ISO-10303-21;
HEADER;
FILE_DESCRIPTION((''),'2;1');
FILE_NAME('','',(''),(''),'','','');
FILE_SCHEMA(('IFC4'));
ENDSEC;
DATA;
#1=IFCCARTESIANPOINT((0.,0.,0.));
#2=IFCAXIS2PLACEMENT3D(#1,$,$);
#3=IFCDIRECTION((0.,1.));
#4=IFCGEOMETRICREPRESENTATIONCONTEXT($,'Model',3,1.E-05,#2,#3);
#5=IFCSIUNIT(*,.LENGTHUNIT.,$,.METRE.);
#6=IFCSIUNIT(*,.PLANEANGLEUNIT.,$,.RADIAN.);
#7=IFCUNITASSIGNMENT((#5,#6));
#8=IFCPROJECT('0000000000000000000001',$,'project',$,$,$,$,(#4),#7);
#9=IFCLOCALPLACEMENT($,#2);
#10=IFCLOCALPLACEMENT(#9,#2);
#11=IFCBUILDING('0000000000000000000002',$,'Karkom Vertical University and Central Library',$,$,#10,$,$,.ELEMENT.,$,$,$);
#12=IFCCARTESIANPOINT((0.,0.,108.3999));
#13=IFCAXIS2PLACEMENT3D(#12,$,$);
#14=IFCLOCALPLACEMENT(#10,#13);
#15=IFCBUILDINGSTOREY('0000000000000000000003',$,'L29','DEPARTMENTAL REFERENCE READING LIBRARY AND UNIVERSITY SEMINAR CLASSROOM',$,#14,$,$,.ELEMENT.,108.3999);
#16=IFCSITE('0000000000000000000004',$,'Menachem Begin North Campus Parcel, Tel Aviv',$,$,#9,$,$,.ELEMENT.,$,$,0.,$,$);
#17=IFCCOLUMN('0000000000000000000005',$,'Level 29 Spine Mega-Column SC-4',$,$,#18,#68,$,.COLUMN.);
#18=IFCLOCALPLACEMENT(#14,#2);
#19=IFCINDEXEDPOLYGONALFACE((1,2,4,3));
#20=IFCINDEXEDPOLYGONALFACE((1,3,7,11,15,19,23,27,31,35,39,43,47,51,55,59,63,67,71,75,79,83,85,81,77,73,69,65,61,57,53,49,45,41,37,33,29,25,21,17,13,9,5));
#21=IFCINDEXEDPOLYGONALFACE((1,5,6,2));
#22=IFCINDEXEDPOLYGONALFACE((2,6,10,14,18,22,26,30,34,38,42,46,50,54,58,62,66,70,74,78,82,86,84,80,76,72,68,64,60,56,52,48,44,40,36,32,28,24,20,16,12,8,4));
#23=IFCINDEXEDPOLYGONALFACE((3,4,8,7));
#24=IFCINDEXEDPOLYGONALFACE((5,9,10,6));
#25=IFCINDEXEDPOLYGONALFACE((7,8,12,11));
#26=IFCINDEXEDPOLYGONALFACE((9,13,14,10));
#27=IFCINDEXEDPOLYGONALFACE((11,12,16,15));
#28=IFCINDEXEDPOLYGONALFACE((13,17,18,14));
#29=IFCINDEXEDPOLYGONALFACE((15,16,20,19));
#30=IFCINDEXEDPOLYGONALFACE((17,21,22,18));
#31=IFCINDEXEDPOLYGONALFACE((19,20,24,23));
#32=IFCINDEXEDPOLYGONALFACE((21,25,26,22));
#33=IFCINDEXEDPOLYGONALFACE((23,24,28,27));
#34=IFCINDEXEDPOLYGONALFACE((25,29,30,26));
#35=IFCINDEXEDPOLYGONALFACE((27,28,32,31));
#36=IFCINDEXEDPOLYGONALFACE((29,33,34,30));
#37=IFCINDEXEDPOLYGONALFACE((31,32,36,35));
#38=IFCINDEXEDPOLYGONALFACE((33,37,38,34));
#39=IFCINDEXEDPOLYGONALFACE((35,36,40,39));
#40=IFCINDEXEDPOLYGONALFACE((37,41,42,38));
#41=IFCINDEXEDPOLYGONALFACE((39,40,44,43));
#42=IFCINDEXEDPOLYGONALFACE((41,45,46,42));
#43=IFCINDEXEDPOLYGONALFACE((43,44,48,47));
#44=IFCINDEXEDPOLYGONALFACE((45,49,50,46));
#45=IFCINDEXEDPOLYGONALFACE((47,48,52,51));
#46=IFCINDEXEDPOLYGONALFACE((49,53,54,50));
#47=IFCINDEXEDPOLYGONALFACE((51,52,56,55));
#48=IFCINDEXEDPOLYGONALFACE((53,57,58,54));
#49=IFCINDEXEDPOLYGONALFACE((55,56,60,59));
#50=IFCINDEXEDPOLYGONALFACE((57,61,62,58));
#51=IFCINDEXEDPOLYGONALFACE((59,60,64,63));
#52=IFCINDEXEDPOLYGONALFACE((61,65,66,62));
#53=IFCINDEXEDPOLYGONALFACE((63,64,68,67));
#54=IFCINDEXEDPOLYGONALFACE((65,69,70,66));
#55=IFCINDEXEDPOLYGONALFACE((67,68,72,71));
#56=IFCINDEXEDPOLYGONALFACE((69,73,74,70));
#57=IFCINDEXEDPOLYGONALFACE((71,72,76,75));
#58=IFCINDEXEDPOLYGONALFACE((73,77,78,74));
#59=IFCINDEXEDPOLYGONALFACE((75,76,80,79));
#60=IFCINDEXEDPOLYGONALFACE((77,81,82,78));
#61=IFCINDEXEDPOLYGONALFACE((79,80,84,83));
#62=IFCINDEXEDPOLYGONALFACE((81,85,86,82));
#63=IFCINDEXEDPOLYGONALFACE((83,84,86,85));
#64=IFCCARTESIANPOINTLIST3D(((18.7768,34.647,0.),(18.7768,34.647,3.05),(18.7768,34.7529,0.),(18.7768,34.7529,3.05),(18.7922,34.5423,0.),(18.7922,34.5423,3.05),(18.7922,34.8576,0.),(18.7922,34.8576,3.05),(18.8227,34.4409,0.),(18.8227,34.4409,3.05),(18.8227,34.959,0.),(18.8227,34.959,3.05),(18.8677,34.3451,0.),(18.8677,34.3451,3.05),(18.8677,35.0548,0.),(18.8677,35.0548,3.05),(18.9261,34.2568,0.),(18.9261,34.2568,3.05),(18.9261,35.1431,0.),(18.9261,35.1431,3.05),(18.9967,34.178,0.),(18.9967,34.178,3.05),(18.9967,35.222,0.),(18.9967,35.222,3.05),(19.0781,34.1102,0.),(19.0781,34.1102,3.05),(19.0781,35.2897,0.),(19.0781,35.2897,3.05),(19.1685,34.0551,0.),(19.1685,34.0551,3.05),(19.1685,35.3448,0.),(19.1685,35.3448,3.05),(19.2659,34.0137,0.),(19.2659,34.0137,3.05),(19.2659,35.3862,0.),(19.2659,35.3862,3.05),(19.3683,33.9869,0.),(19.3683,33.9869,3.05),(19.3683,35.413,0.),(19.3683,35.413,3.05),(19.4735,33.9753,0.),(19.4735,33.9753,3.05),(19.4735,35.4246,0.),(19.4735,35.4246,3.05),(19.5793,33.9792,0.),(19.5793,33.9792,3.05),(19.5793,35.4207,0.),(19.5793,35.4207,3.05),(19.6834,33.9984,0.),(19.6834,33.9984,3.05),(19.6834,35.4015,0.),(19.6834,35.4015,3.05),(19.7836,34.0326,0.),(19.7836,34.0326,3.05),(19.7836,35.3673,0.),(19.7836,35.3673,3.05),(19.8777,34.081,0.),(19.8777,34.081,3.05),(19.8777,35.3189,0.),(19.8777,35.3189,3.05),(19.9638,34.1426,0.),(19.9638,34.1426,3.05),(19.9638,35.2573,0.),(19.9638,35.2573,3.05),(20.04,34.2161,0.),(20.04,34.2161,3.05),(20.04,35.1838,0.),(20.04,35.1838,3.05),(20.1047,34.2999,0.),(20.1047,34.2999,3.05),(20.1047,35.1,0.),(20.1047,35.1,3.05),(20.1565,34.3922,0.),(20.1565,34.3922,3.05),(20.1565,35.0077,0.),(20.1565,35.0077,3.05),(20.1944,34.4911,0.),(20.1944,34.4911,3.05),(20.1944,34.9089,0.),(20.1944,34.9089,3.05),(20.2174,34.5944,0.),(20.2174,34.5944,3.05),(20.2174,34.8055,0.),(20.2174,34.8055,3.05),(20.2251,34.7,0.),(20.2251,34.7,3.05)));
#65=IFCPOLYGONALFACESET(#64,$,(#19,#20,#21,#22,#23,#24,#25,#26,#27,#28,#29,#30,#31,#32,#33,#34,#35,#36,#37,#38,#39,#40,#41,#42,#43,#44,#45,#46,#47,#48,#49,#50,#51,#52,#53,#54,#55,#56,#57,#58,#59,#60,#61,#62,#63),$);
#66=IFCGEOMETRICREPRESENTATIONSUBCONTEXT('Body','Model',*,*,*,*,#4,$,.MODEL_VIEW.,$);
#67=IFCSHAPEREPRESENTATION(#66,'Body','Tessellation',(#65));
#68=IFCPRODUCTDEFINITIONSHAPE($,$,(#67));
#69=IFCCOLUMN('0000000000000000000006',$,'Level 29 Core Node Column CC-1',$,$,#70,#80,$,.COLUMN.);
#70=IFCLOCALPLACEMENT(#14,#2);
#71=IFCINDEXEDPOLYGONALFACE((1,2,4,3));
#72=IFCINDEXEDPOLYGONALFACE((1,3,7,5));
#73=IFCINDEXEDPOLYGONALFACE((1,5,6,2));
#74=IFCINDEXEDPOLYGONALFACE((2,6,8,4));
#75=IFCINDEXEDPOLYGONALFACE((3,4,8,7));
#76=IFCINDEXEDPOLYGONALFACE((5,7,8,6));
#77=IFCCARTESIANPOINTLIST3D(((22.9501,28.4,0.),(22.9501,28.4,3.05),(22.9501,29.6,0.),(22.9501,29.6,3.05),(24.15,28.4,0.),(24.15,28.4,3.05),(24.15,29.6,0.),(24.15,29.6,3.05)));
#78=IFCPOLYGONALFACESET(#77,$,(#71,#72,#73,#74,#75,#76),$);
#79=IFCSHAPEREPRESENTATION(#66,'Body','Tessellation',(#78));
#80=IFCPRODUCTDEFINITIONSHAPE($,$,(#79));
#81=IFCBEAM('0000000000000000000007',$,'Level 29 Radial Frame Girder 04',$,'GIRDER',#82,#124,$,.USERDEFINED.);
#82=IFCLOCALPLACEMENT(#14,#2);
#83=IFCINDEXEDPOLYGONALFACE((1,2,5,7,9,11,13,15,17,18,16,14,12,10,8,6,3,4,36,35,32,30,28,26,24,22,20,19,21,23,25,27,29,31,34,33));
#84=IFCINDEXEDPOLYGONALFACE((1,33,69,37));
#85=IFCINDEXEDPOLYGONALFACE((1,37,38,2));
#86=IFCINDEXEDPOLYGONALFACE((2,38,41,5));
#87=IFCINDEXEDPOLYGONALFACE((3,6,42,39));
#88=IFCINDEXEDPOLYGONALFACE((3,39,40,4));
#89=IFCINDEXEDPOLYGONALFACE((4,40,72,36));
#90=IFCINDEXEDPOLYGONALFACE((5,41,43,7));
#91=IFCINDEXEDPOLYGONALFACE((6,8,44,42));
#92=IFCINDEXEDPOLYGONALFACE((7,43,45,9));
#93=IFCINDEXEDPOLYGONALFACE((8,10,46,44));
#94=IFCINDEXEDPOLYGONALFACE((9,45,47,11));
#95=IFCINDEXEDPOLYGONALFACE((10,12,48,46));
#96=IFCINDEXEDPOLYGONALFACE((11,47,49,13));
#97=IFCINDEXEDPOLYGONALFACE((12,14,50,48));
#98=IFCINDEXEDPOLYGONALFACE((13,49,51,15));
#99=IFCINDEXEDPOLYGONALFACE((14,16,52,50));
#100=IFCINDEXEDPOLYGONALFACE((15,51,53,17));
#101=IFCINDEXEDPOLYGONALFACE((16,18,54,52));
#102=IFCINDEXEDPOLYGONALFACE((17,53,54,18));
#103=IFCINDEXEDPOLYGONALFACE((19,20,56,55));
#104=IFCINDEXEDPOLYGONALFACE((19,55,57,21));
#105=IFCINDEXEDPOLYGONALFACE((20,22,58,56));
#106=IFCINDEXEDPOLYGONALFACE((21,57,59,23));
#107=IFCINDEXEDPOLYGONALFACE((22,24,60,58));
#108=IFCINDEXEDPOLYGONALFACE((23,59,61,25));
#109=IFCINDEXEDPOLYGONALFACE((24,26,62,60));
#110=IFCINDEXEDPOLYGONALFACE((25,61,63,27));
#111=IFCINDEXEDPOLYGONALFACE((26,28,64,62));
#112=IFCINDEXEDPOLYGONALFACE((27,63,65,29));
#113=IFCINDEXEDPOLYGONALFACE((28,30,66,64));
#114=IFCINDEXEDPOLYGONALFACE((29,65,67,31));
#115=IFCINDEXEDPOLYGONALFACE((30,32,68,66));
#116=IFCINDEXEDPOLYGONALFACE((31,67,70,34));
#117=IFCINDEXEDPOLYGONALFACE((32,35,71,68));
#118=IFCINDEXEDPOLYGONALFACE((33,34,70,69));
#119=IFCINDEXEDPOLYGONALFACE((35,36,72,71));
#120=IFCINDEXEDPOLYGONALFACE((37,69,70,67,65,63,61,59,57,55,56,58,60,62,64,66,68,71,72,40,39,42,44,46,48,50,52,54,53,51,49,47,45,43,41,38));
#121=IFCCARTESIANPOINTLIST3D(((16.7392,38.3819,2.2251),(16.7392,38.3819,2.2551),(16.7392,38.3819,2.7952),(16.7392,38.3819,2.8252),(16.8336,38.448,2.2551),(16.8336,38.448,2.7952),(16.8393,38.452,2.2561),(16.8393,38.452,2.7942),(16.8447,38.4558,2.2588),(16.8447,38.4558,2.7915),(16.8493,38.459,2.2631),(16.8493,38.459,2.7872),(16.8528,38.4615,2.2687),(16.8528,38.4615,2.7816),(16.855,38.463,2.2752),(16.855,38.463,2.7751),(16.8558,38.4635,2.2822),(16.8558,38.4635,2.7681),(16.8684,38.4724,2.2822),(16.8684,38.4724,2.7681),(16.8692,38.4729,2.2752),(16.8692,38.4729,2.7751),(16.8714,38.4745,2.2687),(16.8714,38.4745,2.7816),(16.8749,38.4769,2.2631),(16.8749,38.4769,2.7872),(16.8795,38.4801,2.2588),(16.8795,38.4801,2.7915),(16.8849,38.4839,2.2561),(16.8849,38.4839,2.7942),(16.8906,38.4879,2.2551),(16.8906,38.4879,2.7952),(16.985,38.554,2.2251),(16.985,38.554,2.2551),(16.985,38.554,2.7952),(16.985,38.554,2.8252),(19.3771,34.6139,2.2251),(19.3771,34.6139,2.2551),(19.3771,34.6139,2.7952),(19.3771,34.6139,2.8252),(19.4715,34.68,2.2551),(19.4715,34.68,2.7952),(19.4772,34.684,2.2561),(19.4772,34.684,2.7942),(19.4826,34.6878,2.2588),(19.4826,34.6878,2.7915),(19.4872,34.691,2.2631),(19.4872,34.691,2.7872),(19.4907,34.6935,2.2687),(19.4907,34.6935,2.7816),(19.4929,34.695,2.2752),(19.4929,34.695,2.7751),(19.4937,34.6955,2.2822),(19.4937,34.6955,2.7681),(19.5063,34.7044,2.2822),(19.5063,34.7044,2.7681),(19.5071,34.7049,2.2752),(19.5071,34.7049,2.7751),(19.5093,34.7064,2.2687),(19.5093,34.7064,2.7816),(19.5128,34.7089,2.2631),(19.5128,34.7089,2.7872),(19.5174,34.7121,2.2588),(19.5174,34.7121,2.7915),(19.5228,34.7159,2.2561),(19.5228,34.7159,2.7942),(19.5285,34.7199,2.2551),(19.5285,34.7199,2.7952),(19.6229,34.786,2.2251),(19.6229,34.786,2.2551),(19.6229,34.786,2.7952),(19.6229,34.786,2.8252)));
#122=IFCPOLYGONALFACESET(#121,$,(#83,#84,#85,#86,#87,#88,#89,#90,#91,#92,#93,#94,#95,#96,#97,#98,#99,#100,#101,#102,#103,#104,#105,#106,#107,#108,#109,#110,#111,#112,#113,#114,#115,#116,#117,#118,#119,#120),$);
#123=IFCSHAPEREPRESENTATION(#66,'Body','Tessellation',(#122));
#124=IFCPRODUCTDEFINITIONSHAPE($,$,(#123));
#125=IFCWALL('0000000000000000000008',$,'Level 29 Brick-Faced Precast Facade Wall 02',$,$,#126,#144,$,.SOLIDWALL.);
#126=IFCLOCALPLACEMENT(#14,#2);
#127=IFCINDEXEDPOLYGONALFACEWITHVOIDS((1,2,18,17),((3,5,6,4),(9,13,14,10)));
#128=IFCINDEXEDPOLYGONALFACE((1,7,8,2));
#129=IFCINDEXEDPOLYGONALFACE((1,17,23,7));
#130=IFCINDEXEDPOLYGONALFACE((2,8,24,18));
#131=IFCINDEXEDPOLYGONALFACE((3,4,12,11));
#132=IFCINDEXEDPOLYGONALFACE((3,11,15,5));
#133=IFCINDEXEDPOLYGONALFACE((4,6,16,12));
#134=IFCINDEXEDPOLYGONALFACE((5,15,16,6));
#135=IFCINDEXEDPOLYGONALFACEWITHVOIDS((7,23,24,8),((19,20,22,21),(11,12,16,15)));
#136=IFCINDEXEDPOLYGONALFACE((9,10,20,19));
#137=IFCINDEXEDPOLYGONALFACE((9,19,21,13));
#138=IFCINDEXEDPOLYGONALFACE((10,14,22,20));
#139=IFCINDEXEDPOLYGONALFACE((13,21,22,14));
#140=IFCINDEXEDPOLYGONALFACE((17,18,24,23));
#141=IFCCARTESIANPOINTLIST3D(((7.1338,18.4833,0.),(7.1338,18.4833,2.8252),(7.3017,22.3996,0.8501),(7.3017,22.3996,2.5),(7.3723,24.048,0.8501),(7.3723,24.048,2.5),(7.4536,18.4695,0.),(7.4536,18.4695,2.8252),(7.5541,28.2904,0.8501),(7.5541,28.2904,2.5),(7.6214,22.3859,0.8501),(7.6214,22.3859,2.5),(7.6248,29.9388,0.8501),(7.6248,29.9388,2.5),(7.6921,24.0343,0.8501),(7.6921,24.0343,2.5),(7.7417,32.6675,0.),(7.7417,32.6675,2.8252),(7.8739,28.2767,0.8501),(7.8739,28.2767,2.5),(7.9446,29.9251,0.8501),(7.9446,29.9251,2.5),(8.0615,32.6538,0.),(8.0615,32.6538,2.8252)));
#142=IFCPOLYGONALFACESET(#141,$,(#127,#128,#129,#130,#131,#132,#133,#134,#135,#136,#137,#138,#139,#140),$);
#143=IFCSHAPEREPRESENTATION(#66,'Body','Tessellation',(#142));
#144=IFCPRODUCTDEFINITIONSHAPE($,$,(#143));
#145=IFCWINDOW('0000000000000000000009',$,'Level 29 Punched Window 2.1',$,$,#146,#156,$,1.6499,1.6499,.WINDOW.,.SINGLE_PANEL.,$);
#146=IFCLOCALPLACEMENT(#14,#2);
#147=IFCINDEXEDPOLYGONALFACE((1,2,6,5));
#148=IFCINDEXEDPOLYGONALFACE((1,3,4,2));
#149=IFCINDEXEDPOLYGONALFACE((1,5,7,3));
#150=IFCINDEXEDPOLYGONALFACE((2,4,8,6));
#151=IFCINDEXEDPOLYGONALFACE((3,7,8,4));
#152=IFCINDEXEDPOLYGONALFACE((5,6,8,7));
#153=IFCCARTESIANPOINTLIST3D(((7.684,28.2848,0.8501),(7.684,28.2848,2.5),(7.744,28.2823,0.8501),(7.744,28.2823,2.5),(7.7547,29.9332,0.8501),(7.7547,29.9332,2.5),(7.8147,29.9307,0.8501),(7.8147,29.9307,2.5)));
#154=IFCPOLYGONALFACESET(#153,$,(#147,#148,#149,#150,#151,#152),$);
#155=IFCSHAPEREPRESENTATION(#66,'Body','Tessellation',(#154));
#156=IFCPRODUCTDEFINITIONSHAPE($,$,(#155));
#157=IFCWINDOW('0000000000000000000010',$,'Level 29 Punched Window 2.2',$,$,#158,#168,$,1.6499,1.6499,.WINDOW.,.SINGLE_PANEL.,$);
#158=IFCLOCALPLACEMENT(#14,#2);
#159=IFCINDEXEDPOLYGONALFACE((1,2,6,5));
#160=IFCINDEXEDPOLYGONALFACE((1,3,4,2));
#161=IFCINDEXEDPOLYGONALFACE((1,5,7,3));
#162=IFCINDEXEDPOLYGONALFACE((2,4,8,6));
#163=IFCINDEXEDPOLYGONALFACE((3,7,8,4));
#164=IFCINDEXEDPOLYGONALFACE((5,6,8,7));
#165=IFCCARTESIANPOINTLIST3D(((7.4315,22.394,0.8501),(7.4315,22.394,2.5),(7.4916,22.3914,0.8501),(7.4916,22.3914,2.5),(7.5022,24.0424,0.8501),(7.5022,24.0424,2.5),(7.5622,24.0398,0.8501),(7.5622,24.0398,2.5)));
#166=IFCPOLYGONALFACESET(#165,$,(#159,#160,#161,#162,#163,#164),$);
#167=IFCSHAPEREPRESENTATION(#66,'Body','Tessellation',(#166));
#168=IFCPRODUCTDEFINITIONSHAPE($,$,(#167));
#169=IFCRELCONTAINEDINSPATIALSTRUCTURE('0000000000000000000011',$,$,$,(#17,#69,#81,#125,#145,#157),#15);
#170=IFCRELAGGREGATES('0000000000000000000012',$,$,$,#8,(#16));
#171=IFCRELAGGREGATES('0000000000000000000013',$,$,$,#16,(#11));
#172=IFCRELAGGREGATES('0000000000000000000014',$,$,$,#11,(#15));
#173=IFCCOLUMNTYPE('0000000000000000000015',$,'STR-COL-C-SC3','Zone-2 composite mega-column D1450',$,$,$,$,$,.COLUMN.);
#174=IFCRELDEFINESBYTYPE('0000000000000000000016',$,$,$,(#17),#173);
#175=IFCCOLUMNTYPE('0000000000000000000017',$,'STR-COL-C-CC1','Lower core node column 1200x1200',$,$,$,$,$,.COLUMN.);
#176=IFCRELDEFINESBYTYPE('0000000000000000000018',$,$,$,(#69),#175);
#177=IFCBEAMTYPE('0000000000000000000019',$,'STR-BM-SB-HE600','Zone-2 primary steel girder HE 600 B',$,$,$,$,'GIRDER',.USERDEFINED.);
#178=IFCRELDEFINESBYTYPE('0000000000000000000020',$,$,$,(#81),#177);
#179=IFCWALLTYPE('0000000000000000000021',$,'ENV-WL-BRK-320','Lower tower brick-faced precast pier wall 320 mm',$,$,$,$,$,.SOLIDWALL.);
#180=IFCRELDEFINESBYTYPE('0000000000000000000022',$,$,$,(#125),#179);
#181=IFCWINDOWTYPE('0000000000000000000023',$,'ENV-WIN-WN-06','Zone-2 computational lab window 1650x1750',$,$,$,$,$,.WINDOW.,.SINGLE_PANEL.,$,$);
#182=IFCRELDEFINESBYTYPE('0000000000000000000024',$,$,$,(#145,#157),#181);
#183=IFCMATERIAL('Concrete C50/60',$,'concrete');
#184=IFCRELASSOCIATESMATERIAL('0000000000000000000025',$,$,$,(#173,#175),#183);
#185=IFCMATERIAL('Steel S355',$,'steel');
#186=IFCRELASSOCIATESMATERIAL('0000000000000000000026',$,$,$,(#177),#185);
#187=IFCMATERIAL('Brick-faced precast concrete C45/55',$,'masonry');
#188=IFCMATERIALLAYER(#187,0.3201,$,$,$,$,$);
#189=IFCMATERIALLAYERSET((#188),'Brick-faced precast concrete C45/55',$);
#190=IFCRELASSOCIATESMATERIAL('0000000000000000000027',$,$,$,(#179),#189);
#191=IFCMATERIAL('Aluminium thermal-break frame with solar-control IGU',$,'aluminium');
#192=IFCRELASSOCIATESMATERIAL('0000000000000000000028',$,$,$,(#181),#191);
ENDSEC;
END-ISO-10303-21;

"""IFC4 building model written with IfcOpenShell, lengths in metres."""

from ifc_helpers import new_model, si_unit, direction, frame, frame_2d, origin, origin_with_axes, origin_2d, place, context, subcontext, project, spatial, rectangle, circle, i_section, extrude, source, transform, mapped, material, layer, layer_set, material_profile, profile_set, type_object, element, fill, save


model = new_model("IFC4")

# Units and contexts
model_context = context("Model", 3, precision=1e-05, world=origin(), true_north=direction((0.0, 1.0)))
body_context = subcontext(model_context, "Body", "Model", "MODEL_VIEW")
ifc_project = project(units=[si_unit("LENGTHUNIT", "METRE"), si_unit("PLANEANGLEUNIT", "RADIAN")], contexts=[model_context])

# Site, building, storey
site_placement = place(None, origin())
site = spatial("IfcSite", under=ifc_project, at=site_placement, Name="Menachem Begin North Campus Parcel, Tel Aviv", CompositionType="ELEMENT", RefElevation=0.0)
building_placement = place(site_placement, origin())
building = spatial("IfcBuilding", under=site, at=building_placement, Name="Karkom Vertical University and Central Library", CompositionType="ELEMENT")
storey_placement = place(building_placement, frame((0.0, 0.0, 108.3999)))
storey = spatial("IfcBuildingStorey", under=building, at=storey_placement, Name="L29", Description="DEPARTMENTAL REFERENCE READING LIBRARY AND UNIVERSITY SEMINAR CLASSROOM", CompositionType="ELEMENT", Elevation=108.3999)

# Columns
ifc_material_1 = material(Name="Concrete C50/60", Category="concrete")
ifc_material_profile_1 = material_profile(ifc_material_1, circle(Radius=0.7251, at=origin_2d()), Name="CFT-D1450")
ifc_profile_set_1 = profile_set([ifc_material_profile_1], Name="Concrete C50/60")
column_type_1 = type_object("IfcColumnType", Name="STR-COL-C-SC3", Description="Zone-2 composite mega-column D1450", PredefinedType="COLUMN", material=ifc_profile_set_1)
shared_shape_1 = source(origin_with_axes(), body_context, "Body", "SweptSolid", [
    extrude(circle(Radius=0.7251, at=origin_2d()), origin(), (0.0, 0.0, 1.0), 3.05),
])
column_1_placement = place(storey_placement, frame((19.5, 34.7, 0.0), z_axis=(0.0, 0.0, 1.0), x_axis=(1.0, 0.0, 0.0)))
element("IfcColumn", 1, at=column_1_placement, inside=storey, type_object=column_type_1, Name="Level 29 Spine Mega-Column SC-4", PredefinedType="COLUMN", context=body_context, shape_type="MappedRepresentation", body=[
    mapped(shared_shape_1, transform((0.0, 0.0, 0.0), scale=1.0)),
])
ifc_material_profile_2 = material_profile(ifc_material_1, rectangle(XDim=1.2, YDim=1.2, at=origin_2d()), Name="RC-1200x1200")
ifc_profile_set_2 = profile_set([ifc_material_profile_2], Name="Concrete C50/60")
column_type_2 = type_object("IfcColumnType", Name="STR-COL-C-CC1", Description="Lower core node column 1200x1200", PredefinedType="COLUMN", material=ifc_profile_set_2)
shared_shape_2 = source(origin_with_axes(), body_context, "Body", "SweptSolid", [
    extrude(rectangle(XDim=1.2, YDim=1.2, at=origin_2d()), origin(), (0.0, 0.0, 1.0), 3.05),
])
column_2_placement = place(storey_placement, frame((23.55, 29.0, 0.0), z_axis=(0.0, 0.0, 1.0), x_axis=(1.0, 0.0, 0.0)))
element("IfcColumn", 2, at=column_2_placement, inside=storey, type_object=column_type_2, Name="Level 29 Core Node Column CC-1", PredefinedType="COLUMN", context=body_context, shape_type="MappedRepresentation", body=[
    mapped(shared_shape_2, transform((0.0, 0.0, 0.0), scale=1.0)),
])

# Beam
ifc_material_2 = material(Name="Steel S355", Category="steel")
ifc_material_profile_3 = material_profile(ifc_material_2, i_section(OverallWidth=0.3, OverallDepth=0.6001, WebThickness=0.0154, FlangeThickness=0.03, FilletRadius=0.0271, at=origin_2d()), Name="HE 600 B")
ifc_profile_set_3 = profile_set([ifc_material_profile_3], Name="Steel S355")
beam_type = type_object("IfcBeamType", Name="STR-BM-SB-HE600", Description="Zone-2 primary steel girder HE 600 B", ElementType="GIRDER", PredefinedType="USERDEFINED", material=ifc_profile_set_3)
shared_shape_3 = source(origin_with_axes(), body_context, "Body", "SweptSolid", [
    extrude(i_section(OverallWidth=0.3, OverallDepth=0.6001, WebThickness=0.0154, FlangeThickness=0.03, FilletRadius=0.0271, at=origin_2d()), origin(), (0.0, 0.0, 1.0), 4.5996),
])
beam_placement = place(storey_placement, frame((19.5, 34.7, 2.5251), z_axis=(-0.573505, 0.819202, 0.0), x_axis=(-0.819202, -0.573505, 0.0)))
element("IfcBeam", 3, at=beam_placement, inside=storey, type_object=beam_type, Name="Level 29 Radial Frame Girder 04", ObjectType="GIRDER", PredefinedType="USERDEFINED", context=body_context, shape_type="MappedRepresentation", body=[
    mapped(shared_shape_3, transform((0.0, 0.0, 0.0), scale=1.0)),
])

# Wall, openings, windows
ifc_material_3 = material(Name="Brick-faced precast concrete C45/55", Category="masonry")
ifc_layer_1 = layer(ifc_material_3, 0.3201)
ifc_layer_set_1 = layer_set([ifc_layer_1], Name="Brick-faced precast concrete C45/55")
wall_type_1 = type_object("IfcWallType", Name="ENV-WL-BRK-320", Description="Lower tower brick-faced precast pier wall 320 mm", PredefinedType="SOLIDWALL", material=ifc_layer_set_1)
wall_1_placement = place(storey_placement, frame((7.9016, 32.6606, 0.0), z_axis=(0.0, 0.0, 1.0), x_axis=(-0.042819, -0.999083, 0.0)))
wall_1 = element("IfcWall", 4, at=wall_1_placement, inside=storey, type_object=wall_type_1, Name="Level 29 Brick-Faced Precast Facade Wall 02", PredefinedType="SOLIDWALL", context=body_context, shape_type="SweptSolid", body=[
    extrude(rectangle(XDim=14.1973, YDim=0.3201, at=frame_2d((7.0986, 0.0))), origin(), (0.0, 0.0, 1.0), 2.8252),
])
opening_1_placement = place(wall_1_placement, frame((2.7312, 0.0, 0.8501)))
opening_1 = element("IfcOpeningElement", 5, at=opening_1_placement, cuts=wall_1, PredefinedType="OPENING", context=body_context, shape_type="SweptSolid", body=[
    extrude(rectangle(XDim=1.6499, YDim=1.6499, at=frame_2d((0.825, 0.825))), frame((0.0, 0.1699, 0.0), z_axis=(0.0, -1.0, 0.0), x_axis=(1.0, 0.0, 0.0)), (0.0, 0.0, 1.0), 0.3401),
])
opening_2_placement = place(wall_1_placement, frame((8.6274, 0.0, 0.8501)))
opening_2 = element("IfcOpeningElement", 6, at=opening_2_placement, cuts=wall_1, PredefinedType="OPENING", context=body_context, shape_type="SweptSolid", body=[
    extrude(rectangle(XDim=1.6499, YDim=1.6499, at=frame_2d((0.825, 0.825))), frame((0.0, 0.1699, 0.0), z_axis=(0.0, -1.0, 0.0), x_axis=(1.0, 0.0, 0.0)), (0.0, 0.0, 1.0), 0.3401),
])
ifc_material_4 = material(Name="Aluminium thermal-break frame with solar-control IGU", Category="aluminium")
window_type = type_object("IfcWindowType", Name="ENV-WIN-WN-06", Description="Zone-2 computational lab window 1650x1750", PartitioningType="SINGLE_PANEL", PredefinedType="WINDOW", material=ifc_material_4)
shared_shape_4 = source(origin_with_axes(), body_context, "Body", "SweptSolid", [
    extrude(rectangle(XDim=1.6499, YDim=1.6499, at=frame_2d((0.825, 0.825))), frame((0.0, 0.03, 0.0), z_axis=(0.0, -1.0, 0.0), x_axis=(1.0, 0.0, 0.0)), (0.0, 0.0, 1.0), 0.0601),
])
window_1_placement = place(opening_1_placement, origin())
window_1 = element("IfcWindow", 7, at=window_1_placement, inside=storey, type_object=window_type, Name="Level 29 Punched Window 2.1", OverallHeight=1.6499, OverallWidth=1.6499, PartitioningType="SINGLE_PANEL", PredefinedType="WINDOW", context=body_context, shape_type="MappedRepresentation", body=[
    mapped(shared_shape_4, transform((0.0, 0.0, 0.0), scale=1.0)),
])
fill(opening_1, window_1)
window_2_placement = place(opening_2_placement, origin())
window_2 = element("IfcWindow", 8, at=window_2_placement, inside=storey, type_object=window_type, Name="Level 29 Punched Window 2.2", OverallHeight=1.6499, OverallWidth=1.6499, PartitioningType="SINGLE_PANEL", PredefinedType="WINDOW", context=body_context, shape_type="MappedRepresentation", body=[
    mapped(shared_shape_4, transform((0.0, 0.0, 0.0), scale=1.0)),
])
fill(opening_2, window_2)

save(model, "model.ifc")
